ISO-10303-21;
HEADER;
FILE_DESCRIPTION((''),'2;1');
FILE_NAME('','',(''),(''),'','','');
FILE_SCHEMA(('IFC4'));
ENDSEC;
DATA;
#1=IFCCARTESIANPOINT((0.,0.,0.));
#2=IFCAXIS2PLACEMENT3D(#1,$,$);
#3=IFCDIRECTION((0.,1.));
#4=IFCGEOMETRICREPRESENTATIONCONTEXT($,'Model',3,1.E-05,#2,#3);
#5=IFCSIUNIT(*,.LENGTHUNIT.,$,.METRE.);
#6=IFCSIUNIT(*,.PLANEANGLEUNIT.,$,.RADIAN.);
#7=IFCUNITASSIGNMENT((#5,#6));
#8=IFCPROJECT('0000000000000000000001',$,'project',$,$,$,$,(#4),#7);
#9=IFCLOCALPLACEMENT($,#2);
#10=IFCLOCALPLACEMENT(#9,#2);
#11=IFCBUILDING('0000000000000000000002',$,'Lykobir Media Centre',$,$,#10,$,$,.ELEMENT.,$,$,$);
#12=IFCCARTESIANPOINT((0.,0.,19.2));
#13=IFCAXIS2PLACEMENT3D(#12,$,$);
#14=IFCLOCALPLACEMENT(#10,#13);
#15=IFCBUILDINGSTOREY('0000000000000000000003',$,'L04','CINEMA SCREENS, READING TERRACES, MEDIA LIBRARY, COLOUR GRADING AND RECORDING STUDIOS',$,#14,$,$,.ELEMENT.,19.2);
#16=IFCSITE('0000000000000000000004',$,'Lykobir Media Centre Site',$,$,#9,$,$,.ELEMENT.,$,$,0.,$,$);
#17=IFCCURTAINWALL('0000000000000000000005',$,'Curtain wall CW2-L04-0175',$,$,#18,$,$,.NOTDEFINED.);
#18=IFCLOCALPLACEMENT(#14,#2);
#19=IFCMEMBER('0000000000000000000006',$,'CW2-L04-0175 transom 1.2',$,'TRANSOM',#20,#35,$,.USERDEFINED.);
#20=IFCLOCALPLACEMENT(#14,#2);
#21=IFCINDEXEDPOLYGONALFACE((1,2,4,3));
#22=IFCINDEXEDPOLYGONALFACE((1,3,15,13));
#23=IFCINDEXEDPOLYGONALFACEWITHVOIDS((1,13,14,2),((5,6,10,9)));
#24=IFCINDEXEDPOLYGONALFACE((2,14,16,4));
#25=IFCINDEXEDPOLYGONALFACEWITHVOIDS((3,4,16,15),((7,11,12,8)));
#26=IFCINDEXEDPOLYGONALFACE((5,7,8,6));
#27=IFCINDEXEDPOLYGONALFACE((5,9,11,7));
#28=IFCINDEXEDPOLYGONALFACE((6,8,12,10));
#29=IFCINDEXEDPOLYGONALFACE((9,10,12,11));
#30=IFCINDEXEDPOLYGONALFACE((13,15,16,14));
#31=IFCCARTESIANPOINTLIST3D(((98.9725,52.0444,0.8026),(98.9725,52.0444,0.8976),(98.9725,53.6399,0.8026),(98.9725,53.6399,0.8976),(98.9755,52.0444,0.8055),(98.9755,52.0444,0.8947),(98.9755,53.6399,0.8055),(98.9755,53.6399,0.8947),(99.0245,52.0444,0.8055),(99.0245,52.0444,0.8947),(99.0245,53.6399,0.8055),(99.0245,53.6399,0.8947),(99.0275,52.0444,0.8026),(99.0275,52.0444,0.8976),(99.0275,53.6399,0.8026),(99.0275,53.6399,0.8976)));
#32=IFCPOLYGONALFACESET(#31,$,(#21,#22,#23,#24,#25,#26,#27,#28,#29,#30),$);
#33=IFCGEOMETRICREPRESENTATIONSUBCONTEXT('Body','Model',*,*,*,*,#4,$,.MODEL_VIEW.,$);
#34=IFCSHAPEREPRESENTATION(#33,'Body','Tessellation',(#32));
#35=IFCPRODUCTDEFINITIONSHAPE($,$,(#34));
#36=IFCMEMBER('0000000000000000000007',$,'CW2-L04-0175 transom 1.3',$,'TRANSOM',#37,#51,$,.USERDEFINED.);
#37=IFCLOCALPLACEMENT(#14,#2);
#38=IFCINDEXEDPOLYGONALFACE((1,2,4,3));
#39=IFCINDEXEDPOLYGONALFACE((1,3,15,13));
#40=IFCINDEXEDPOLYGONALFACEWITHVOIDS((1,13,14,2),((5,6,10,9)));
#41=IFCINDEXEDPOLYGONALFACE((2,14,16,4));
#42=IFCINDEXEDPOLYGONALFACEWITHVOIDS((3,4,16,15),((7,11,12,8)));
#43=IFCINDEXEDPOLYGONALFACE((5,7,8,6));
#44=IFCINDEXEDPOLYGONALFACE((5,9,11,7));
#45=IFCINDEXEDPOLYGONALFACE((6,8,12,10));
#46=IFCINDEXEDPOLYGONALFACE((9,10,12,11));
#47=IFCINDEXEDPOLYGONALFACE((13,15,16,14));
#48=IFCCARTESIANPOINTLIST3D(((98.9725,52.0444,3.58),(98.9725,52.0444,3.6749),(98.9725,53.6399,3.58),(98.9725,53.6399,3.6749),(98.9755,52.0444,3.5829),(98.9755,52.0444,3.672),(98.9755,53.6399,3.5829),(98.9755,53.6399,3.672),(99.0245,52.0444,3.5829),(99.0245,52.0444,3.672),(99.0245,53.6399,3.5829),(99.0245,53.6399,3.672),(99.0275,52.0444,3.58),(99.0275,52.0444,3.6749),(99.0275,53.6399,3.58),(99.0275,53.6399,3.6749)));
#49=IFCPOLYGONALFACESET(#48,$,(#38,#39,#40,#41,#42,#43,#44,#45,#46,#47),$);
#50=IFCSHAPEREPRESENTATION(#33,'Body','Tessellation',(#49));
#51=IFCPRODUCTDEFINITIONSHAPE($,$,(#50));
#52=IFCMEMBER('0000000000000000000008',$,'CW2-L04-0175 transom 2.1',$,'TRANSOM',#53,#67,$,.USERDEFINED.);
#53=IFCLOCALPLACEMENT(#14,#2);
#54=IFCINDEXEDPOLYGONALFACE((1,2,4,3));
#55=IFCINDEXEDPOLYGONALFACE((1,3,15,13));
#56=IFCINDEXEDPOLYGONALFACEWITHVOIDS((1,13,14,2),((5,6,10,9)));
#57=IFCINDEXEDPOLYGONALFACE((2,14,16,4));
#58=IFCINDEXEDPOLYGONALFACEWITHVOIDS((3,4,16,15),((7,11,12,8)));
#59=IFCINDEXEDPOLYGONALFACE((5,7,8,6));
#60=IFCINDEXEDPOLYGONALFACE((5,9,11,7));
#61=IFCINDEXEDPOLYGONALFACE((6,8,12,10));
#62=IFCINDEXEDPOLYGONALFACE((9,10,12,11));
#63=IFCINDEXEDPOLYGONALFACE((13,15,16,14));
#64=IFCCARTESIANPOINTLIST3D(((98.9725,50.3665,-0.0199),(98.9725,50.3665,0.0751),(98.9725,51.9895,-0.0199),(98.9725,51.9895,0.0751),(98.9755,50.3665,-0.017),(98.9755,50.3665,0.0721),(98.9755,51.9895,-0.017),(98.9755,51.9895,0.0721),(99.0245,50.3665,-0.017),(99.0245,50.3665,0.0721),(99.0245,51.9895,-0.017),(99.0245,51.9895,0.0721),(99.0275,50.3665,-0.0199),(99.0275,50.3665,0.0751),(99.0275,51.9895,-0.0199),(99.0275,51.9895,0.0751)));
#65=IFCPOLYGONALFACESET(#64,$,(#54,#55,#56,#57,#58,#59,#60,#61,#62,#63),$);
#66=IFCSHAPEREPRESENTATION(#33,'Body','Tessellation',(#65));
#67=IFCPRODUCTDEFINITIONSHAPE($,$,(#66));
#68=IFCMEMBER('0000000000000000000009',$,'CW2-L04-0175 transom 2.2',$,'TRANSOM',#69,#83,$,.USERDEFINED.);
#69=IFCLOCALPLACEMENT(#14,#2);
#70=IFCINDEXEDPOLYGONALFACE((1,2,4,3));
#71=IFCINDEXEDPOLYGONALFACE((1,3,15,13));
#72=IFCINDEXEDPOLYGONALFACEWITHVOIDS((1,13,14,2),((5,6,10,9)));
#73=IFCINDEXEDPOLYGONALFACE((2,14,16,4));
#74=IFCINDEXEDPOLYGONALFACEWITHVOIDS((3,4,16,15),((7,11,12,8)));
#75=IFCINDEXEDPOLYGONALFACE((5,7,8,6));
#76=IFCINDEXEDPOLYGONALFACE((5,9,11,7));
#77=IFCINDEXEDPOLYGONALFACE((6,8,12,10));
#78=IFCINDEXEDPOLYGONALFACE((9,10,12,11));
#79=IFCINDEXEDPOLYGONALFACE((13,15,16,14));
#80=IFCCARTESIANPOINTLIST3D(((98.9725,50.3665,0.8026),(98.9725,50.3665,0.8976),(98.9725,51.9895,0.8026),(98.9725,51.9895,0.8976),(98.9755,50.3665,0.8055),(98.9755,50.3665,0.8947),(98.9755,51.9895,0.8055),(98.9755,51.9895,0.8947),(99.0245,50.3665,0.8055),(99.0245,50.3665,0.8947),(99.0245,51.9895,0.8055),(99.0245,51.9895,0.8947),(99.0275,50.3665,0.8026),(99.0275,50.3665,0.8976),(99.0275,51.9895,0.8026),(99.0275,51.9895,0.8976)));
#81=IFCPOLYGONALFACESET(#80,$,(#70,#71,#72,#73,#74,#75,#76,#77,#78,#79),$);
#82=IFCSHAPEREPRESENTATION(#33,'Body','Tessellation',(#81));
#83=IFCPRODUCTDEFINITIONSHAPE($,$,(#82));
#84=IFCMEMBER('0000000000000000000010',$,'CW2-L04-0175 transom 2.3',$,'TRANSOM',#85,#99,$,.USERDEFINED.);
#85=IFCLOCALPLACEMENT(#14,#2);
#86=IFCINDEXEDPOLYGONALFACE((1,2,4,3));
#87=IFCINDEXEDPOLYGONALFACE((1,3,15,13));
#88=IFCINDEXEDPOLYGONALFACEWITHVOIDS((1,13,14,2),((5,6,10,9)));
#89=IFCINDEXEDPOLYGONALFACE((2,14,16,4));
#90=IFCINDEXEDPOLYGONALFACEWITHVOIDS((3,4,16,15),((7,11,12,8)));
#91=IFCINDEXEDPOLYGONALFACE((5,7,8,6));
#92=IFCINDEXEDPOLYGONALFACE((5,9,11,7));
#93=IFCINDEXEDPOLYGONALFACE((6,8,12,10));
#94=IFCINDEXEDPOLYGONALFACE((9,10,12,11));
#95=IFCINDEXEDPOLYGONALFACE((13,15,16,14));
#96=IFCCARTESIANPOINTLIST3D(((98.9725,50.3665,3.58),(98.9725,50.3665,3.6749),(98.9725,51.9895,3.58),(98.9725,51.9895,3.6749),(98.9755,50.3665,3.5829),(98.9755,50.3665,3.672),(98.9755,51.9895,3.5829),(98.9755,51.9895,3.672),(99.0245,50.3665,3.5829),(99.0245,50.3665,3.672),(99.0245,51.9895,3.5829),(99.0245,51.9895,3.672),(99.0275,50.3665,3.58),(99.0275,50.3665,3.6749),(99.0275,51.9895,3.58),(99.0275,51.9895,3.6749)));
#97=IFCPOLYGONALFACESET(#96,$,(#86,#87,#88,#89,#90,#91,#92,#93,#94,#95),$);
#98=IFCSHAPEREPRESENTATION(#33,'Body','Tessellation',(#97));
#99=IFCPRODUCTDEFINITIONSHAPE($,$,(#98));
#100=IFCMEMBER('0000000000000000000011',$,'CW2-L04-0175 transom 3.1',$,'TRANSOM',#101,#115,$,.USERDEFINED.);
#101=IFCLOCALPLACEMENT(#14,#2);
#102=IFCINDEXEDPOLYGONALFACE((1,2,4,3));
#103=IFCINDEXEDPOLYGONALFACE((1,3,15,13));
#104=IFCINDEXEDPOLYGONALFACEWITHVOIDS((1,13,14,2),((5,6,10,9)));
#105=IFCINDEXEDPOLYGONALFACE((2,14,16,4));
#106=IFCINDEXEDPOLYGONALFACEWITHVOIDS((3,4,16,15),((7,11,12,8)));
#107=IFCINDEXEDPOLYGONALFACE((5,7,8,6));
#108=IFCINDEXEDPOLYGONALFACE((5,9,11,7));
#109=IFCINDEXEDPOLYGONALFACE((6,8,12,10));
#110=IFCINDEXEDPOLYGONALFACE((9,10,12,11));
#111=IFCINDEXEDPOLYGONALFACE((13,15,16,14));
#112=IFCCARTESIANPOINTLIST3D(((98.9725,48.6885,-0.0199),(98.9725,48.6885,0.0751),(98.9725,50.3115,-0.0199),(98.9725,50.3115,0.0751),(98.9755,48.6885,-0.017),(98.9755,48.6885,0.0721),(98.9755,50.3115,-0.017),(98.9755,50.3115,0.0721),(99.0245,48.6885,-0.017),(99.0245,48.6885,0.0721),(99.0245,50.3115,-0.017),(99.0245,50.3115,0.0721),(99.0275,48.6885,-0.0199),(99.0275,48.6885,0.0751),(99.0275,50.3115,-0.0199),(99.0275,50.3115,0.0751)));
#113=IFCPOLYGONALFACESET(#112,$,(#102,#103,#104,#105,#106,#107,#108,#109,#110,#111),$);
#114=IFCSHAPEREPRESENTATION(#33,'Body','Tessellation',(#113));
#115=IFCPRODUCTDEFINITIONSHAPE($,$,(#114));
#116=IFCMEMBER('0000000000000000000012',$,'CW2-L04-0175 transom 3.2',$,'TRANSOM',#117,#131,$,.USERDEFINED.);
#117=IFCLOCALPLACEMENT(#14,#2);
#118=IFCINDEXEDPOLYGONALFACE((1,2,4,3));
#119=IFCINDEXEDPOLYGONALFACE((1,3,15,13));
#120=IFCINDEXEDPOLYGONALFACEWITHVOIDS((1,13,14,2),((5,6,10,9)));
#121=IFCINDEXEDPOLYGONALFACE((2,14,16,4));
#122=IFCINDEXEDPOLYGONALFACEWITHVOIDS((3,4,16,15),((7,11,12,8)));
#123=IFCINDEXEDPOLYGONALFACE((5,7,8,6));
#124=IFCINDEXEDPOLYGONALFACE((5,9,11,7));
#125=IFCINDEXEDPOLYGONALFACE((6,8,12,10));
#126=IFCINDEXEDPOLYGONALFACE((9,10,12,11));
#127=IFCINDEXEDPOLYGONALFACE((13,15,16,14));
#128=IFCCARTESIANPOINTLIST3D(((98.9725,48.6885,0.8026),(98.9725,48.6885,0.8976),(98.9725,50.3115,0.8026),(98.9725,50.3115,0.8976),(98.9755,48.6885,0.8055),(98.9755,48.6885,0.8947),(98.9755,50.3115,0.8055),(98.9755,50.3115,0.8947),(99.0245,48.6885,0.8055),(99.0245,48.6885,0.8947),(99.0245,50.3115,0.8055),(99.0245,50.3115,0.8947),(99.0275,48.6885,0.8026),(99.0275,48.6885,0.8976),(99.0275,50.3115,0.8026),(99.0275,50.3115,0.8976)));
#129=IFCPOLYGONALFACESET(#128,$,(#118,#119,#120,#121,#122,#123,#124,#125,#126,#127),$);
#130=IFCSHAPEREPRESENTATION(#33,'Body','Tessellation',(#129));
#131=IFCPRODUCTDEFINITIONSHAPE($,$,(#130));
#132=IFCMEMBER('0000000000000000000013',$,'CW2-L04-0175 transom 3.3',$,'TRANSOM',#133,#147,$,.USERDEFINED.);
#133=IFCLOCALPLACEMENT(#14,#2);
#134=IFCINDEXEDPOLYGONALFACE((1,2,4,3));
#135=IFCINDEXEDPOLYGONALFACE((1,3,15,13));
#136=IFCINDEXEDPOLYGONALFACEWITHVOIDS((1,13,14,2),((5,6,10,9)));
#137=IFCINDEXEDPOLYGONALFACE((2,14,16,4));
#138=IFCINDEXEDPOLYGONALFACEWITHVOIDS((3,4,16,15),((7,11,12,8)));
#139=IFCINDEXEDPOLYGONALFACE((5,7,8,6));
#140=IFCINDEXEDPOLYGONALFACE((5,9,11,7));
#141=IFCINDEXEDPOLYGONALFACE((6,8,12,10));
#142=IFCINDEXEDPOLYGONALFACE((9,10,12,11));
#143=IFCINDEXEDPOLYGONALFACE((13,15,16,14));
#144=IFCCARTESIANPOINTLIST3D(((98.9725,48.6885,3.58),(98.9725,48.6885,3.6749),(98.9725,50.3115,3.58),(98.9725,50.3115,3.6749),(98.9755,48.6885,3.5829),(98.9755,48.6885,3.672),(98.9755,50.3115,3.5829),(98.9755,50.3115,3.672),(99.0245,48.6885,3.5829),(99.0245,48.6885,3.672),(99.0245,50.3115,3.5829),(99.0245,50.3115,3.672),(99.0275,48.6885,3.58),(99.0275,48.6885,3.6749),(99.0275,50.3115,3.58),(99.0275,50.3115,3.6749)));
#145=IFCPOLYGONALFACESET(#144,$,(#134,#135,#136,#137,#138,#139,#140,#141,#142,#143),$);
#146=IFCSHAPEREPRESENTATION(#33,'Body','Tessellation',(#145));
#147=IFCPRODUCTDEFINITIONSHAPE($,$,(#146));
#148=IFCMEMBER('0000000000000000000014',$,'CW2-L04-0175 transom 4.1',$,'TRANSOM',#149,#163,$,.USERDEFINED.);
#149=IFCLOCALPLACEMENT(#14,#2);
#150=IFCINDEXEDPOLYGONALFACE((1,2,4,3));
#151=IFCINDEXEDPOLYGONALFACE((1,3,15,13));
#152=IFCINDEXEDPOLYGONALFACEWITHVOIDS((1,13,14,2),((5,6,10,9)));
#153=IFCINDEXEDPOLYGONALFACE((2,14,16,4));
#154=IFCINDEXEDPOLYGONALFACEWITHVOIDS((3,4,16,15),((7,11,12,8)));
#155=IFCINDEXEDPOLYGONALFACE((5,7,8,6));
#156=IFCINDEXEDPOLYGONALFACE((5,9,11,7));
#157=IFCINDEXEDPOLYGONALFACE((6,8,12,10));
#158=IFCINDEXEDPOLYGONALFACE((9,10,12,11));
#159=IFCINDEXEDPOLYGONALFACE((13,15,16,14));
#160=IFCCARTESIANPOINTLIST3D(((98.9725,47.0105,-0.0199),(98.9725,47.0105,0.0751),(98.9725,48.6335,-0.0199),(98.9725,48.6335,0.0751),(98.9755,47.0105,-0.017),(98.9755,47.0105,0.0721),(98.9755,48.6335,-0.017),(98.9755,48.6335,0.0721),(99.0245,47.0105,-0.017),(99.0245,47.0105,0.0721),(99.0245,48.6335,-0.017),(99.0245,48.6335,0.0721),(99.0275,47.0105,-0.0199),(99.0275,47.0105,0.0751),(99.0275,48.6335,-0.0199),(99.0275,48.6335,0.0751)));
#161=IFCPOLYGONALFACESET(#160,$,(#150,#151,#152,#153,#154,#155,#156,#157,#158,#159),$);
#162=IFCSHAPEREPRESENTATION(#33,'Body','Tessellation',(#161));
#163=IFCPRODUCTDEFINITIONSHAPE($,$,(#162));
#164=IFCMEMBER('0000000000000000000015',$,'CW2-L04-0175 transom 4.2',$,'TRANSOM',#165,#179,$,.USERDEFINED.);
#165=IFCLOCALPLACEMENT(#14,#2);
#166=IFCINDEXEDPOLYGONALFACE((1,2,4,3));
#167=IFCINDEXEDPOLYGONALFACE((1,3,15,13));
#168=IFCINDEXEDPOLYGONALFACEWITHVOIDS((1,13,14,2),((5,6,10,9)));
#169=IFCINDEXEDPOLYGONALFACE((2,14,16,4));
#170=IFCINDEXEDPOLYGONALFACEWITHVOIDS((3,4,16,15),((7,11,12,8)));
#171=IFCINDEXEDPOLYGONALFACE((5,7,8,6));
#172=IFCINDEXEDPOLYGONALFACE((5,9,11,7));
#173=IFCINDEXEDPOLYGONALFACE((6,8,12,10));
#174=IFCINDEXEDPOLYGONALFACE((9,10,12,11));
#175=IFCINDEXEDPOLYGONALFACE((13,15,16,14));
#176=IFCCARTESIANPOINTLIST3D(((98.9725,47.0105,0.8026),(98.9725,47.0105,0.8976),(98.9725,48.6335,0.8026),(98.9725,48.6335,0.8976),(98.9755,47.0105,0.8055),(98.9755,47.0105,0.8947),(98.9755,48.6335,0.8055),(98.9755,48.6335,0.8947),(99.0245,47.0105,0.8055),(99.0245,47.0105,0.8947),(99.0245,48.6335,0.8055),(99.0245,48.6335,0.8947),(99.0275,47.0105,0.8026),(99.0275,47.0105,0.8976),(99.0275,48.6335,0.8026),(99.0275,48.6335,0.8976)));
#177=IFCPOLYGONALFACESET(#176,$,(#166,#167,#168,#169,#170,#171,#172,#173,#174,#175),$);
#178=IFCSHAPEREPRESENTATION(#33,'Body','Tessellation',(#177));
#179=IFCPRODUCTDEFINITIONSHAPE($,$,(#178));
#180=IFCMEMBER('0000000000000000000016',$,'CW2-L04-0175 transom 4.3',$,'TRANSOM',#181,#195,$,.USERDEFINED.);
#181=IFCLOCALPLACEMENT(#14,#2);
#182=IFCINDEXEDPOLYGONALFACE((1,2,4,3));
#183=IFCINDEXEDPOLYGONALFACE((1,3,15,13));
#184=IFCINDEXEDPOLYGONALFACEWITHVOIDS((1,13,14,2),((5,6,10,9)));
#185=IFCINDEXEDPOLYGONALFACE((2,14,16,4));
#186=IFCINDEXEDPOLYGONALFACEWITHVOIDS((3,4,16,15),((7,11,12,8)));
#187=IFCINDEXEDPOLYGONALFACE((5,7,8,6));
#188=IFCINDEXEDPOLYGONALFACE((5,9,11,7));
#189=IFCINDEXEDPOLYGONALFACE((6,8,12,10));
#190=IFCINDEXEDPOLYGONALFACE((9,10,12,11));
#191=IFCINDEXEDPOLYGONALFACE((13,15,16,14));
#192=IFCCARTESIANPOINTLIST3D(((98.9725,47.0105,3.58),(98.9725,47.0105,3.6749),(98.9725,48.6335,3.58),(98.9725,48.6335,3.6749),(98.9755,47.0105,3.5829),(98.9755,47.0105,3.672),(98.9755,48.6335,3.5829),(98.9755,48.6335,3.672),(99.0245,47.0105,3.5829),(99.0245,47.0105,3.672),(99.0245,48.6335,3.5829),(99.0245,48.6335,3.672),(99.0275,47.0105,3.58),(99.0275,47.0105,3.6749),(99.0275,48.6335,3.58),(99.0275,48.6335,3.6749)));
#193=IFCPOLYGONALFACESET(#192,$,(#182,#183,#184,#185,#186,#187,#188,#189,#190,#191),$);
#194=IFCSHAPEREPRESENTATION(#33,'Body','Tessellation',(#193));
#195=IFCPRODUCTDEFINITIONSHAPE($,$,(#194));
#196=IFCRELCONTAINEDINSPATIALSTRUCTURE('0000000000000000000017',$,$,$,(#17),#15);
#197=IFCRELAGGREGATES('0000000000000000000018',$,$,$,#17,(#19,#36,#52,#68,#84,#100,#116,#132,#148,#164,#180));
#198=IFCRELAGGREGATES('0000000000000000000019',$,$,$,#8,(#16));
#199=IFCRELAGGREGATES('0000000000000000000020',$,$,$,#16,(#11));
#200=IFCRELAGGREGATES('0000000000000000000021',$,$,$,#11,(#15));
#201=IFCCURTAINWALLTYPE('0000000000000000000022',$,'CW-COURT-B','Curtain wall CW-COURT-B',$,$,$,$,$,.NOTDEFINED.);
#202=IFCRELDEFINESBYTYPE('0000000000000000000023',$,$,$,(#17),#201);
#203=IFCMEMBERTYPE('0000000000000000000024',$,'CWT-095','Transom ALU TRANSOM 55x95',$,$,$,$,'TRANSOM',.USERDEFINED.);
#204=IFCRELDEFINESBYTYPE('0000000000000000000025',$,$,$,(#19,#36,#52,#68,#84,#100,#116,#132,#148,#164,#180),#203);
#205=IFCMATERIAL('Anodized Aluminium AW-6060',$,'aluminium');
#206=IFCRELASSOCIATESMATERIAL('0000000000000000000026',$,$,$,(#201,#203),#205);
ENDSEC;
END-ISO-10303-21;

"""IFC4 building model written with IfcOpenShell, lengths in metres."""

from ifc_helpers import new_model, si_unit, direction, frame, origin, origin_2d, place, context, subcontext, project, spatial, hollow_rectangle, extrude, material, material_profile, profile_set, type_object, element, aggregate, save


model = new_model("IFC4")

# Units and contexts
model_context = context("Model", 3, precision=1e-05, world=origin(), true_north=direction((0.0, 1.0)))
body_context = subcontext(model_context, "Body", "Model", "MODEL_VIEW")
ifc_project = project(units=[si_unit("LENGTHUNIT", "METRE"), si_unit("PLANEANGLEUNIT", "RADIAN")], contexts=[model_context])

# Site, building, storey
site_placement = place(None, origin())
site = spatial("IfcSite", under=ifc_project, at=site_placement, Name="Lykobir Media Centre Site", CompositionType="ELEMENT", RefElevation=0.0)
building_placement = place(site_placement, origin())
building = spatial("IfcBuilding", under=site, at=building_placement, Name="Lykobir Media Centre", CompositionType="ELEMENT")
storey_placement = place(building_placement, frame((0.0, 0.0, 19.2)))
storey = spatial("IfcBuildingStorey", under=building, at=storey_placement, Name="L04", Description="CINEMA SCREENS, READING TERRACES, MEDIA LIBRARY, COLOUR GRADING AND RECORDING STUDIOS", CompositionType="ELEMENT", Elevation=19.2)

# Curtain wall, members
ifc_material_1 = material(Name="Anodized Aluminium AW-6060", Category="aluminium")
curtain_wall_type = type_object("IfcCurtainWallType", Name="CW-COURT-B", Description="Curtain wall CW-COURT-B", PredefinedType="NOTDEFINED", material=ifc_material_1)
curtain_wall_placement = place(storey_placement, origin())
curtain_wall = element("IfcCurtainWall", 1, at=curtain_wall_placement, inside=storey, type_object=curtain_wall_type, Name="Curtain wall CW2-L04-0175", PredefinedType="NOTDEFINED")
ifc_material_profile_1 = material_profile(ifc_material_1, hollow_rectangle(XDim=0.0549, YDim=0.095, WallThickness=0.0029, at=origin_2d()), Name="ALU TRANSOM 55x95")
ifc_profile_set_1 = profile_set([ifc_material_profile_1], Name="Anodized Aluminium AW-6060")
member_type_1 = type_object("IfcMemberType", Name="CWT-095", Description="Transom ALU TRANSOM 55x95", ElementType="TRANSOM", PredefinedType="USERDEFINED", material=ifc_profile_set_1)
member_1_placement = place(storey_placement, frame((99.0, 53.6399, 0.8501), z_axis=(0.0, -1.0, 0.0), x_axis=(1.0, 0.0, 0.0)))
member_1 = element("IfcMember", 2, at=member_1_placement, type_object=member_type_1, Name="CW2-L04-0175 transom 1.2", ObjectType="TRANSOM", PredefinedType="USERDEFINED", context=body_context, shape_type="SweptSolid", body=[
    extrude(hollow_rectangle(XDim=0.0549, YDim=0.095, WallThickness=0.0029, at=origin_2d()), origin(), (0.0, 0.0, 1.0), 1.5955),
])
member_2_placement = place(storey_placement, frame((99.0, 53.6399, 3.6274), z_axis=(0.0, -1.0, 0.0), x_axis=(1.0, 0.0, 0.0)))
member_2 = element("IfcMember", 3, at=member_2_placement, type_object=member_type_1, Name="CW2-L04-0175 transom 1.3", ObjectType="TRANSOM", PredefinedType="USERDEFINED", context=body_context, shape_type="SweptSolid", body=[
    extrude(hollow_rectangle(XDim=0.0549, YDim=0.095, WallThickness=0.0029, at=origin_2d()), origin(), (0.0, 0.0, 1.0), 1.5955),
])
member_3_placement = place(storey_placement, frame((99.0, 51.9895, 0.0276), z_axis=(0.0, -1.0, 0.0), x_axis=(1.0, 0.0, 0.0)))
member_3 = element("IfcMember", 4, at=member_3_placement, type_object=member_type_1, Name="CW2-L04-0175 transom 2.1", ObjectType="TRANSOM", PredefinedType="USERDEFINED", context=body_context, shape_type="SweptSolid", body=[
    extrude(hollow_rectangle(XDim=0.0549, YDim=0.095, WallThickness=0.0029, at=origin_2d()), origin(), (0.0, 0.0, 1.0), 1.623),
])
member_4_placement = place(storey_placement, frame((99.0, 51.9895, 0.8501), z_axis=(0.0, -1.0, 0.0), x_axis=(1.0, 0.0, 0.0)))
member_4 = element("IfcMember", 5, at=member_4_placement, type_object=member_type_1, Name="CW2-L04-0175 transom 2.2", ObjectType="TRANSOM", PredefinedType="USERDEFINED", context=body_context, shape_type="SweptSolid", body=[
    extrude(hollow_rectangle(XDim=0.0549, YDim=0.095, WallThickness=0.0029, at=origin_2d()), origin(), (0.0, 0.0, 1.0), 1.623),
])
member_5_placement = place(storey_placement, frame((99.0, 51.9895, 3.6274), z_axis=(0.0, -1.0, 0.0), x_axis=(1.0, 0.0, 0.0)))
member_5 = element("IfcMember", 6, at=member_5_placement, type_object=member_type_1, Name="CW2-L04-0175 transom 2.3", ObjectType="TRANSOM", PredefinedType="USERDEFINED", context=body_context, shape_type="SweptSolid", body=[
    extrude(hollow_rectangle(XDim=0.0549, YDim=0.095, WallThickness=0.0029, at=origin_2d()), origin(), (0.0, 0.0, 1.0), 1.623),
])
member_6_placement = place(storey_placement, frame((99.0, 50.3115, 0.0276), z_axis=(0.0, -1.0, 0.0), x_axis=(1.0, 0.0, 0.0)))
member_6 = element("IfcMember", 7, at=member_6_placement, type_object=member_type_1, Name="CW2-L04-0175 transom 3.1", ObjectType="TRANSOM", PredefinedType="USERDEFINED", context=body_context, shape_type="SweptSolid", body=[
    extrude(hollow_rectangle(XDim=0.0549, YDim=0.095, WallThickness=0.0029, at=origin_2d()), origin(), (0.0, 0.0, 1.0), 1.623),
])
member_7_placement = place(storey_placement, frame((99.0, 50.3115, 0.8501), z_axis=(0.0, -1.0, 0.0), x_axis=(1.0, 0.0, 0.0)))
member_7 = element("IfcMember", 8, at=member_7_placement, type_object=member_type_1, Name="CW2-L04-0175 transom 3.2", ObjectType="TRANSOM", PredefinedType="USERDEFINED", context=body_context, shape_type="SweptSolid", body=[
    extrude(hollow_rectangle(XDim=0.0549, YDim=0.095, WallThickness=0.0029, at=origin_2d()), origin(), (0.0, 0.0, 1.0), 1.623),
])
member_8_placement = place(storey_placement, frame((99.0, 50.3115, 3.6274), z_axis=(0.0, -1.0, 0.0), x_axis=(1.0, 0.0, 0.0)))
member_8 = element("IfcMember", 9, at=member_8_placement, type_object=member_type_1, Name="CW2-L04-0175 transom 3.3", ObjectType="TRANSOM", PredefinedType="USERDEFINED", context=body_context, shape_type="SweptSolid", body=[
    extrude(hollow_rectangle(XDim=0.0549, YDim=0.095, WallThickness=0.0029, at=origin_2d()), origin(), (0.0, 0.0, 1.0), 1.623),
])
member_9_placement = place(storey_placement, frame((99.0, 48.6335, 0.0276), z_axis=(0.0, -1.0, 0.0), x_axis=(1.0, 0.0, 0.0)))
member_9 = element("IfcMember", 10, at=member_9_placement, type_object=member_type_1, Name="CW2-L04-0175 transom 4.1", ObjectType="TRANSOM", PredefinedType="USERDEFINED", context=body_context, shape_type="SweptSolid", body=[
    extrude(hollow_rectangle(XDim=0.0549, YDim=0.095, WallThickness=0.0029, at=origin_2d()), origin(), (0.0, 0.0, 1.0), 1.623),
])
member_10_placement = place(storey_placement, frame((99.0, 48.6335, 0.8501), z_axis=(0.0, -1.0, 0.0), x_axis=(1.0, 0.0, 0.0)))
member_10 = element("IfcMember", 11, at=member_10_placement, type_object=member_type_1, Name="CW2-L04-0175 transom 4.2", ObjectType="TRANSOM", PredefinedType="USERDEFINED", context=body_context, shape_type="SweptSolid", body=[
    extrude(hollow_rectangle(XDim=0.0549, YDim=0.095, WallThickness=0.0029, at=origin_2d()), origin(), (0.0, 0.0, 1.0), 1.623),
])
member_11_placement = place(storey_placement, frame((99.0, 48.6335, 3.6274), z_axis=(0.0, -1.0, 0.0), x_axis=(1.0, 0.0, 0.0)))
member_11 = element("IfcMember", 12, at=member_11_placement, type_object=member_type_1, Name="CW2-L04-0175 transom 4.3", ObjectType="TRANSOM", PredefinedType="USERDEFINED", context=body_context, shape_type="SweptSolid", body=[
    extrude(hollow_rectangle(XDim=0.0549, YDim=0.095, WallThickness=0.0029, at=origin_2d()), origin(), (0.0, 0.0, 1.0), 1.623),
])

aggregate(curtain_wall, [member_1, member_2, member_3, member_4, member_5, member_6, member_7, member_8, member_9, member_10, member_11])

save(model, "model.ifc")
